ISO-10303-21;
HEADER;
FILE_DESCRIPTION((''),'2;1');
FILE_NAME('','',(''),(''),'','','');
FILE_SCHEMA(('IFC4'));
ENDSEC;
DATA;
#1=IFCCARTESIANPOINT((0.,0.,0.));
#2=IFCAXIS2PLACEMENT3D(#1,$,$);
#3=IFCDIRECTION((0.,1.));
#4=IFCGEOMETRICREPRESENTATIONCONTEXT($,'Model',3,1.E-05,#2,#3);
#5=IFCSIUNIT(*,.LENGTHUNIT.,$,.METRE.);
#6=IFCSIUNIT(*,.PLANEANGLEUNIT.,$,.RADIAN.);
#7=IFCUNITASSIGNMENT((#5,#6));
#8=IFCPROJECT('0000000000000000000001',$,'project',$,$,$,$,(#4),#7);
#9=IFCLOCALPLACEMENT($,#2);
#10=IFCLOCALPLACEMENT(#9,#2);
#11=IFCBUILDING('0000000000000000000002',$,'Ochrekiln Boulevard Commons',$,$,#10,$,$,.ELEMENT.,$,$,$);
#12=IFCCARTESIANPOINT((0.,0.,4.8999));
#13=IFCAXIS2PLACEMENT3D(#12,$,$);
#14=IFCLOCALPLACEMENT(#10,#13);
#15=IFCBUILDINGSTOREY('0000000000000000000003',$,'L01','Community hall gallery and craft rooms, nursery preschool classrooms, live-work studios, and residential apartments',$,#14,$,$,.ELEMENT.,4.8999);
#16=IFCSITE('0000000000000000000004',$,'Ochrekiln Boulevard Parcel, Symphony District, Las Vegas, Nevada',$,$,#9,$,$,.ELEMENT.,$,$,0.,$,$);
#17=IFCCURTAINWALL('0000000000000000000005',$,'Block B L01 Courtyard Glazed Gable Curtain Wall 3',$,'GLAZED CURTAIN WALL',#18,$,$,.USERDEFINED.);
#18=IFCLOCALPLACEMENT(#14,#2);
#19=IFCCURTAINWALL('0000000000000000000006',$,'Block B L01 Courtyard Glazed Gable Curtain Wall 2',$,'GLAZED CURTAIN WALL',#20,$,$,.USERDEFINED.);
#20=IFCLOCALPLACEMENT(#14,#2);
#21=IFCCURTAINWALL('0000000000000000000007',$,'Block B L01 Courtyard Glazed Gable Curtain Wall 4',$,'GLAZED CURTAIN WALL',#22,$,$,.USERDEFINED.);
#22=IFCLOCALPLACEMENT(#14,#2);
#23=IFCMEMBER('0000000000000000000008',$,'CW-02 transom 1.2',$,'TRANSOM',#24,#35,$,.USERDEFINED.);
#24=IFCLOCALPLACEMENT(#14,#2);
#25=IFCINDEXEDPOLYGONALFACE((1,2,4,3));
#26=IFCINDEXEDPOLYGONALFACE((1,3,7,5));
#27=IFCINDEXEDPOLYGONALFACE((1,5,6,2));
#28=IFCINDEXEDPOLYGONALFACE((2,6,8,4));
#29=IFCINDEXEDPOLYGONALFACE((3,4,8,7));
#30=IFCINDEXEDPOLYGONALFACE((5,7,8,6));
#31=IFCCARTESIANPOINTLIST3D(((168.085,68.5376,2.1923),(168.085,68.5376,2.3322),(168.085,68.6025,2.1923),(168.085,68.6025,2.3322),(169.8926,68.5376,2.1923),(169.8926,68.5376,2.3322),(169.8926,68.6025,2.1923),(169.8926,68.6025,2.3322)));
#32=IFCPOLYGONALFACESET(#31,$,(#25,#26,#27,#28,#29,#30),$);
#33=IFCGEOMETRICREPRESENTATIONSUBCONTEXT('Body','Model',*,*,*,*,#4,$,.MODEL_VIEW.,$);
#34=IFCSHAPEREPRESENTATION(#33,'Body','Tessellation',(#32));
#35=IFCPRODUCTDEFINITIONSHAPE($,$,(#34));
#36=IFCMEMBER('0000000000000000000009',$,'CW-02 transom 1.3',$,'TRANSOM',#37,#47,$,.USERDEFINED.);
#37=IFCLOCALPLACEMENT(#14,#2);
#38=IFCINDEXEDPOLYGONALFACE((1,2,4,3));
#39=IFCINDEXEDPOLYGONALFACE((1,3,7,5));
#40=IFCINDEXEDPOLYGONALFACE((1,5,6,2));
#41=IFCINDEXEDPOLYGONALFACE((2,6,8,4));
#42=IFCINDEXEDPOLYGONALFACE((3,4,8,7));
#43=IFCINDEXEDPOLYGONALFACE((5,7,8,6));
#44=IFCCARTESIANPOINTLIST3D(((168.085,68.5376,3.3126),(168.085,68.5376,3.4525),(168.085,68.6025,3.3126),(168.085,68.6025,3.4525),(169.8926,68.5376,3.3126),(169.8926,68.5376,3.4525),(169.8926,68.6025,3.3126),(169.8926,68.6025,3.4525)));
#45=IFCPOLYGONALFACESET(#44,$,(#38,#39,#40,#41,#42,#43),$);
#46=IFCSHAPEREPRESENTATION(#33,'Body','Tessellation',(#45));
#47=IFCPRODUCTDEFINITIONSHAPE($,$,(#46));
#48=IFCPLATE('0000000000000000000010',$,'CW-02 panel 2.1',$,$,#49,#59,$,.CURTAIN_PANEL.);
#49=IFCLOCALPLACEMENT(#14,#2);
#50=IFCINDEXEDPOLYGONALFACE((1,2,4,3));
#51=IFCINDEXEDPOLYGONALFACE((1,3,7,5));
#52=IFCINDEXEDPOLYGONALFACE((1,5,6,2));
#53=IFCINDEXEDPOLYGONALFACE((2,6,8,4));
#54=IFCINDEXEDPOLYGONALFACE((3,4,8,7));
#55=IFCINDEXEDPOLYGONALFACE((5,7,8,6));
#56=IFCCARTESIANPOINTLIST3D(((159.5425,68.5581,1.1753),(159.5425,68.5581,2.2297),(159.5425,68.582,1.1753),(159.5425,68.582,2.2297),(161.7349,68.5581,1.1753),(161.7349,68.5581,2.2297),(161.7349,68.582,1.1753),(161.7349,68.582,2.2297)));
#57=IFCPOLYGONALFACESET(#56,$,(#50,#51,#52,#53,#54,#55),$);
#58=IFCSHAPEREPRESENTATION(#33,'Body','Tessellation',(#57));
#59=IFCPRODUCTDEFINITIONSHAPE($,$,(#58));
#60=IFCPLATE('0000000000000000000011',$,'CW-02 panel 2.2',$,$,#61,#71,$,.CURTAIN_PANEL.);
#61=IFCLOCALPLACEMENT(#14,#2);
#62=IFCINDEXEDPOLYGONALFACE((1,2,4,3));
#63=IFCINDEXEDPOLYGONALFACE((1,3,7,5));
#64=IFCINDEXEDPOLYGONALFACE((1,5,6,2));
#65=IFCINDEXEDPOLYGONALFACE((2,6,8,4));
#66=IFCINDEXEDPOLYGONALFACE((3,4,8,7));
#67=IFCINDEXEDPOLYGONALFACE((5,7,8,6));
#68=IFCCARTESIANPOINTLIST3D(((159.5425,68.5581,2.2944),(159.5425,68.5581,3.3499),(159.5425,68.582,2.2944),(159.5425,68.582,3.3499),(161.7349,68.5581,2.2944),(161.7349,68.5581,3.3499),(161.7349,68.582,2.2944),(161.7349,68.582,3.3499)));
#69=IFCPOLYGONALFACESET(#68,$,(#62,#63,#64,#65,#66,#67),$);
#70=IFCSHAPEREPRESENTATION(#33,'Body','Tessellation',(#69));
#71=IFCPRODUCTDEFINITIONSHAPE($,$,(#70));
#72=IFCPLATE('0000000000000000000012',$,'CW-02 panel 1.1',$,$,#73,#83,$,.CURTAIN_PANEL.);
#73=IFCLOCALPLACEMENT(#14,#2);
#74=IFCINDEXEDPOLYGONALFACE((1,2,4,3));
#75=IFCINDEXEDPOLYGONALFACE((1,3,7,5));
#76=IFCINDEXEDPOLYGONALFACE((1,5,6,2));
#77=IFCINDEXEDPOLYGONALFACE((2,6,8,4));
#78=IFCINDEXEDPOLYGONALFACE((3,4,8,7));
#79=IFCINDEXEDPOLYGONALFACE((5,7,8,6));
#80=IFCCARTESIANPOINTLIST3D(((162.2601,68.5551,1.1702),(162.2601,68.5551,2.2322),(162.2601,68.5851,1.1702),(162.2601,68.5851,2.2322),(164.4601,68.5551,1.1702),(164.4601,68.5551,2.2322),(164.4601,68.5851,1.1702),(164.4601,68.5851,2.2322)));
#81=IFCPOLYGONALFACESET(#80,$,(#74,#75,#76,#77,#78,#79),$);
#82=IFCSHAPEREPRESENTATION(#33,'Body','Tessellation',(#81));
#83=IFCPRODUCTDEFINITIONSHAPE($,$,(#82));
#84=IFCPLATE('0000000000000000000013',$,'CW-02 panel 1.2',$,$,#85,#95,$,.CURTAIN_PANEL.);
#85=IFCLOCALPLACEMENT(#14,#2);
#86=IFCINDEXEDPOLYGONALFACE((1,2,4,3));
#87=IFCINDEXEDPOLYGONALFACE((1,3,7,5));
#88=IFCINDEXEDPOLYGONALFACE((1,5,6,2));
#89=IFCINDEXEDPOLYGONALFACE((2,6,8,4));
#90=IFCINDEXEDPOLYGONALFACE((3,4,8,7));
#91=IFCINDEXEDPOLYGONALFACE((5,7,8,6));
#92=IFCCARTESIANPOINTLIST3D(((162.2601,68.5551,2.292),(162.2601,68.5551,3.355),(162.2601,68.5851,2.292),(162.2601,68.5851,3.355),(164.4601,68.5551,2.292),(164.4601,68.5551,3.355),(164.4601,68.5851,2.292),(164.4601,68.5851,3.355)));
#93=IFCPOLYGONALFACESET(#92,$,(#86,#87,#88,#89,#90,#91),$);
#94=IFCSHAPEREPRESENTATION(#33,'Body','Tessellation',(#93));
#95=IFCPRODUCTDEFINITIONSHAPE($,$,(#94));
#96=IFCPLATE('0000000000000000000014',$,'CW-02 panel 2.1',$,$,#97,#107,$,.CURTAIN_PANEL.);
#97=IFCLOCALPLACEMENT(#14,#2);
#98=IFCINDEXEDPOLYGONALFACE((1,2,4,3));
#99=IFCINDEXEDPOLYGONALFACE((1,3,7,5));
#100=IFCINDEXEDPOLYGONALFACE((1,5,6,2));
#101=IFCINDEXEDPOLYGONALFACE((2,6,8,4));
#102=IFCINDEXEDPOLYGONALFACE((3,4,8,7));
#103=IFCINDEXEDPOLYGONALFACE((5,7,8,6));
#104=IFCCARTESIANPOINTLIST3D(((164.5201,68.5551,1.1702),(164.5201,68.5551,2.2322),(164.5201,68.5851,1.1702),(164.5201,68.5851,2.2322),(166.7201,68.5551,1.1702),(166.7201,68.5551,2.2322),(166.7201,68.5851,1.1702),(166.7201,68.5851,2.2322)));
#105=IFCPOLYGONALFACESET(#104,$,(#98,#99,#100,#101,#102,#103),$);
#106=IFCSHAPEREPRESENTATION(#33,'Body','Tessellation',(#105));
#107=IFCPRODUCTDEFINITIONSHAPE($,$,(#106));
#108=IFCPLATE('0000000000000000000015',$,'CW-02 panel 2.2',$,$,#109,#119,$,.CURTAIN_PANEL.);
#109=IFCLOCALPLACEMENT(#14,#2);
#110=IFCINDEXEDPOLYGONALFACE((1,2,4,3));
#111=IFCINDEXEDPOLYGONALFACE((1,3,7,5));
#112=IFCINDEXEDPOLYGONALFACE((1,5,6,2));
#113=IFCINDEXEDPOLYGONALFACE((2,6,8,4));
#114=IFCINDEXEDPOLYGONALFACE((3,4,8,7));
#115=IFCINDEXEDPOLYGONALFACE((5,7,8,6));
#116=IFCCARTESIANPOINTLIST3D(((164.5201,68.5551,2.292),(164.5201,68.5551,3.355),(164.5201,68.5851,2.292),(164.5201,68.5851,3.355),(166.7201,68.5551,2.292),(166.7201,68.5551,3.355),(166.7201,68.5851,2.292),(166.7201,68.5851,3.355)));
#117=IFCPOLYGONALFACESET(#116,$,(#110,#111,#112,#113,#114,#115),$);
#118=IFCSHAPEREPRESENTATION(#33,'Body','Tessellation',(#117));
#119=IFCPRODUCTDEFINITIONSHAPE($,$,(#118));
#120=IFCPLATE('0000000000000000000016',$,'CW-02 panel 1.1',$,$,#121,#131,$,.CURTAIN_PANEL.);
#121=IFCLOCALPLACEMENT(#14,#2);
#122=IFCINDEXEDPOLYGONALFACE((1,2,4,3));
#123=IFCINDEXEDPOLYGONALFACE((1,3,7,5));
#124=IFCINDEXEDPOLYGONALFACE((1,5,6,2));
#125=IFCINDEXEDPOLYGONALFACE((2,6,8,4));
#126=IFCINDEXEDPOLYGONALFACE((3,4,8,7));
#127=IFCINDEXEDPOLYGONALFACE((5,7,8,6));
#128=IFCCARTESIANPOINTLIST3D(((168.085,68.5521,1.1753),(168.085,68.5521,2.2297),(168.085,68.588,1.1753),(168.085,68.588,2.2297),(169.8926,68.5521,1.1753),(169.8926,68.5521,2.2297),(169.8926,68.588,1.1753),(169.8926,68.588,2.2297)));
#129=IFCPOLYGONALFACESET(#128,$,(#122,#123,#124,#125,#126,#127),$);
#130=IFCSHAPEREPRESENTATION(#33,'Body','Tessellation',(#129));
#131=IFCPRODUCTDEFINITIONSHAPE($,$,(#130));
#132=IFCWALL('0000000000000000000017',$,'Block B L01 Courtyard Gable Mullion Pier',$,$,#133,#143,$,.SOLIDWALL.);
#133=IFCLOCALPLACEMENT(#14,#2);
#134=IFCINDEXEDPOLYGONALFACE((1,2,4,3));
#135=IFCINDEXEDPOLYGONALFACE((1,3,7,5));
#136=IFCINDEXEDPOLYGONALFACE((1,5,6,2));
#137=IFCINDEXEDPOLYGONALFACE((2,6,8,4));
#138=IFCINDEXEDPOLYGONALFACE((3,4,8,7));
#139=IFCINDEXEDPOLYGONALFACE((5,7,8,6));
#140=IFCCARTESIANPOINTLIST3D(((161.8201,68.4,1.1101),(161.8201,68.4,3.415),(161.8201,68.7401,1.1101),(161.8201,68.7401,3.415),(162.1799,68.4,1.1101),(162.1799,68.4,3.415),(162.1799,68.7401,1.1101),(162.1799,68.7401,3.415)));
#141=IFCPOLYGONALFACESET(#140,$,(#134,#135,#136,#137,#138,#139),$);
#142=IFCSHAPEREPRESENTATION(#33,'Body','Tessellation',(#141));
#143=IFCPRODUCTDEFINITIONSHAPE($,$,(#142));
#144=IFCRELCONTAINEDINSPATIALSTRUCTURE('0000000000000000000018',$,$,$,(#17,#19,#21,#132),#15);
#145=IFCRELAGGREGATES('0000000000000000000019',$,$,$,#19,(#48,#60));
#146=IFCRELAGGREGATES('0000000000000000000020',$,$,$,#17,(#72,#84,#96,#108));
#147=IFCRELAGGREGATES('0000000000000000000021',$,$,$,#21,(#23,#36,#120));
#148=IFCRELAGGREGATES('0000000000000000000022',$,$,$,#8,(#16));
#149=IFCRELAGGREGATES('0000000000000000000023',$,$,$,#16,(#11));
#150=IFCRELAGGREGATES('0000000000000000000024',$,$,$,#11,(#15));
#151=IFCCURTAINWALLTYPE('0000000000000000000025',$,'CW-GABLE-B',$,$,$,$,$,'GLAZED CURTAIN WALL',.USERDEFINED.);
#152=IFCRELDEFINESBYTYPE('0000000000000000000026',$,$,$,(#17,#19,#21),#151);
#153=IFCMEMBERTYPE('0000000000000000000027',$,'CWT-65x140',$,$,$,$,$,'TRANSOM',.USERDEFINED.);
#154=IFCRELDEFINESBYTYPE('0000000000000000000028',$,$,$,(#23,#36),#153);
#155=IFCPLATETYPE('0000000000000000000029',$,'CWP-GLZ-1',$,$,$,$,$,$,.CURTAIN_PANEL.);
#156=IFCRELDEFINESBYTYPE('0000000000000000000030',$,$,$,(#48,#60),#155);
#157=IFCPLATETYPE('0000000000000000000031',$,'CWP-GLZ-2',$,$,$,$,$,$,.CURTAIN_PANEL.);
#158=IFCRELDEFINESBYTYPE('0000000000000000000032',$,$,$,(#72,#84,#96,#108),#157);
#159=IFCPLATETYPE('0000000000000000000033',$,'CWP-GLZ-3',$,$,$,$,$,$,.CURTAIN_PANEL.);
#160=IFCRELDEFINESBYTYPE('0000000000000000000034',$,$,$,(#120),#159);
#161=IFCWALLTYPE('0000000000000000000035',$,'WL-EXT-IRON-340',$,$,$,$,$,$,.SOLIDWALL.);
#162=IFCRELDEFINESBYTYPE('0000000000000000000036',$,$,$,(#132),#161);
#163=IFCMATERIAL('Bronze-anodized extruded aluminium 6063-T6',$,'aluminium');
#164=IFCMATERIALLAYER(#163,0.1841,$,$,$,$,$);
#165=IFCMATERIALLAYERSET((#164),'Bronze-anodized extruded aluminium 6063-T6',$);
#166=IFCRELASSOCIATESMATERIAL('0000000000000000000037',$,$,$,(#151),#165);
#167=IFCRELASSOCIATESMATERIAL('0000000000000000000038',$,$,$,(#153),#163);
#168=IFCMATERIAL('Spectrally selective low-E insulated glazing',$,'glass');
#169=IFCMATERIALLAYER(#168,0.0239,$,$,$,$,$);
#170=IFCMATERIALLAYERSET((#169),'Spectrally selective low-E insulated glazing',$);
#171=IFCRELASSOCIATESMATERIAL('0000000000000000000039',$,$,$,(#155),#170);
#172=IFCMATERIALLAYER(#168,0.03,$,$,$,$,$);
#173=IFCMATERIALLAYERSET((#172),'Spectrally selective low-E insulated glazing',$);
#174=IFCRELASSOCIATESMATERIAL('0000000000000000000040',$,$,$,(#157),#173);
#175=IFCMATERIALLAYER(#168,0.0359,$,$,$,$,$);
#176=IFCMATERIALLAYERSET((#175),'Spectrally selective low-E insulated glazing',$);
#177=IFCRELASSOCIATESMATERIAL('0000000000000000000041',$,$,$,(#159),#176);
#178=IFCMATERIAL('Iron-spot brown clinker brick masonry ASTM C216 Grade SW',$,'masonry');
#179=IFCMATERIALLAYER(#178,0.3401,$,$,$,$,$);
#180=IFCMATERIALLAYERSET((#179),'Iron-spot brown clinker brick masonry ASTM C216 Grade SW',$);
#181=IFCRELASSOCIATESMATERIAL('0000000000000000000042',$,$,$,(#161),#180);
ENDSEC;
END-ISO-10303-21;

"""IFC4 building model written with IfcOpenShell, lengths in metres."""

from ifc_helpers import new_model, si_unit, direction, frame, frame_2d, origin, origin_2d, place, context, subcontext, project, spatial, rectangle, extrude, material, layer, layer_set, material_profile, profile_set, type_object, element, aggregate, save


model = new_model("IFC4")

# Units and contexts
model_context = context("Model", 3, precision=1e-05, world=origin(), true_north=direction((0.0, 1.0)))
body_context = subcontext(model_context, "Body", "Model", "MODEL_VIEW")
ifc_project = project(units=[si_unit("LENGTHUNIT", "METRE"), si_unit("PLANEANGLEUNIT", "RADIAN")], contexts=[model_context])

# Site, building, storey
site_placement = place(None, origin())
site = spatial("IfcSite", under=ifc_project, at=site_placement, Name="Ochrekiln Boulevard Parcel, Symphony District, Las Vegas, Nevada", CompositionType="ELEMENT", RefElevation=0.0)
building_placement = place(site_placement, origin())
building = spatial("IfcBuilding", under=site, at=building_placement, Name="Ochrekiln Boulevard Commons", CompositionType="ELEMENT")
storey_placement = place(building_placement, frame((0.0, 0.0, 4.8999)))
storey = spatial("IfcBuildingStorey", under=building, at=storey_placement, Name="L01", Description="Community hall gallery and craft rooms, nursery preschool classrooms, live-work studios, and residential apartments", CompositionType="ELEMENT", Elevation=4.8999)

# Curtain wall
ifc_material_1 = material(Name="Bronze-anodized extruded aluminium 6063-T6", Category="aluminium")
ifc_layer_1 = layer(ifc_material_1, 0.1841)
ifc_layer_set_1 = layer_set([ifc_layer_1], Name="Bronze-anodized extruded aluminium 6063-T6")
curtain_wall_type = type_object("IfcCurtainWallType", Name="CW-GABLE-B", ElementType="GLAZED CURTAIN WALL", PredefinedType="USERDEFINED", material=ifc_layer_set_1)
curtain_wall_1_placement = place(storey_placement, origin())
curtain_wall_1 = element("IfcCurtainWall", 1, at=curtain_wall_1_placement, inside=storey, type_object=curtain_wall_type, Name="Block B L01 Courtyard Glazed Gable Curtain Wall 3", ObjectType="GLAZED CURTAIN WALL", PredefinedType="USERDEFINED")

# Curtain walls
curtain_wall_2_placement = place(storey_placement, origin())
curtain_wall_2 = element("IfcCurtainWall", 2, at=curtain_wall_2_placement, inside=storey, type_object=curtain_wall_type, Name="Block B L01 Courtyard Glazed Gable Curtain Wall 2", ObjectType="GLAZED CURTAIN WALL", PredefinedType="USERDEFINED")
curtain_wall_3_placement = place(storey_placement, origin())
curtain_wall_3 = element("IfcCurtainWall", 3, at=curtain_wall_3_placement, inside=storey, type_object=curtain_wall_type, Name="Block B L01 Courtyard Glazed Gable Curtain Wall 4", ObjectType="GLAZED CURTAIN WALL", PredefinedType="USERDEFINED")

# Members
ifc_material_profile_1 = material_profile(ifc_material_1, rectangle(XDim=0.0649, YDim=0.1399, at=origin_2d()), Name="ALU-TRN-65x140")
ifc_profile_set_1 = profile_set([ifc_material_profile_1], Name="Bronze-anodized extruded aluminium 6063-T6")
member_type_1 = type_object("IfcMemberType", Name="CWT-65x140", ElementType="TRANSOM", PredefinedType="USERDEFINED", material=ifc_profile_set_1)
member_1_placement = place(storey_placement, frame((168.085, 68.5701, 2.2622), z_axis=(1.0, 0.0, 0.0), x_axis=(0.0, 1.0, 0.0)))
member_1 = element("IfcMember", 4, at=member_1_placement, type_object=member_type_1, Name="CW-02 transom 1.2", ObjectType="TRANSOM", PredefinedType="USERDEFINED", context=body_context, shape_type="SweptSolid", body=[
    extrude(rectangle(XDim=0.0649, YDim=0.1399, at=origin_2d()), origin(), (0.0, 0.0, 1.0), 1.8076),
])
member_2_placement = place(storey_placement, frame((168.085, 68.5701, 3.3826), z_axis=(1.0, 0.0, 0.0), x_axis=(0.0, 1.0, 0.0)))
member_2 = element("IfcMember", 5, at=member_2_placement, type_object=member_type_1, Name="CW-02 transom 1.3", ObjectType="TRANSOM", PredefinedType="USERDEFINED", context=body_context, shape_type="SweptSolid", body=[
    extrude(rectangle(XDim=0.0649, YDim=0.1399, at=origin_2d()), origin(), (0.0, 0.0, 1.0), 1.8076),
])

# Plates
ifc_material_2 = material(Name="Spectrally selective low-E insulated glazing", Category="glass")
ifc_layer_2 = layer(ifc_material_2, 0.0239)
ifc_layer_set_2 = layer_set([ifc_layer_2], Name="Spectrally selective low-E insulated glazing")
plate_type_1 = type_object("IfcPlateType", Name="CWP-GLZ-1", PredefinedType="CURTAIN_PANEL", material=ifc_layer_set_2)
plate_1_placement = place(storey_placement, frame((160.6387, 68.5701, 1.1753), z_axis=(0.0, 0.0, 1.0), x_axis=(1.0, 0.0, 0.0)))
plate_1 = element("IfcPlate", 6, at=plate_1_placement, type_object=plate_type_1, Name="CW-02 panel 2.1", PredefinedType="CURTAIN_PANEL", context=body_context, shape_type="SweptSolid", body=[
    extrude(rectangle(XDim=2.1924, YDim=0.0239, at=origin_2d()), origin(), (0.0, 0.0, 1.0), 1.0544),
])
plate_2_placement = place(storey_placement, frame((160.6387, 68.5701, 2.2944), z_axis=(0.0, 0.0, 1.0), x_axis=(1.0, 0.0, 0.0)))
plate_2 = element("IfcPlate", 7, at=plate_2_placement, type_object=plate_type_1, Name="CW-02 panel 2.2", PredefinedType="CURTAIN_PANEL", context=body_context, shape_type="SweptSolid", body=[
    extrude(rectangle(XDim=2.1924, YDim=0.0239, at=origin_2d()), origin(), (0.0, 0.0, 1.0), 1.0554),
])
aggregate(curtain_wall_2, [plate_1, plate_2])
ifc_layer_3 = layer(ifc_material_2, 0.03)
ifc_layer_set_3 = layer_set([ifc_layer_3], Name="Spectrally selective low-E insulated glazing")
plate_type_2 = type_object("IfcPlateType", Name="CWP-GLZ-2", PredefinedType="CURTAIN_PANEL", material=ifc_layer_set_3)
plate_3_placement = place(storey_placement, frame((163.3601, 68.5701, 1.1702), z_axis=(0.0, 0.0, 1.0), x_axis=(1.0, 0.0, 0.0)))
plate_3 = element("IfcPlate", 8, at=plate_3_placement, type_object=plate_type_2, Name="CW-02 panel 1.1", PredefinedType="CURTAIN_PANEL", context=body_context, shape_type="SweptSolid", body=[
    extrude(rectangle(XDim=2.2, YDim=0.03, at=origin_2d()), origin(), (0.0, 0.0, 1.0), 1.062),
])
plate_4_placement = place(storey_placement, frame((163.3601, 68.5701, 2.292), z_axis=(0.0, 0.0, 1.0), x_axis=(1.0, 0.0, 0.0)))
plate_4 = element("IfcPlate", 9, at=plate_4_placement, type_object=plate_type_2, Name="CW-02 panel 1.2", PredefinedType="CURTAIN_PANEL", context=body_context, shape_type="SweptSolid", body=[
    extrude(rectangle(XDim=2.2, YDim=0.03, at=origin_2d()), origin(), (0.0, 0.0, 1.0), 1.063),
])
plate_5_placement = place(storey_placement, frame((165.6201, 68.5701, 1.1702), z_axis=(0.0, 0.0, 1.0), x_axis=(1.0, 0.0, 0.0)))
plate_5 = element("IfcPlate", 10, at=plate_5_placement, type_object=plate_type_2, Name="CW-02 panel 2.1", PredefinedType="CURTAIN_PANEL", context=body_context, shape_type="SweptSolid", body=[
    extrude(rectangle(XDim=2.2, YDim=0.03, at=origin_2d()), origin(), (0.0, 0.0, 1.0), 1.062),
])
plate_6_placement = place(storey_placement, frame((165.6201, 68.5701, 2.292), z_axis=(0.0, 0.0, 1.0), x_axis=(1.0, 0.0, 0.0)))
plate_6 = element("IfcPlate", 11, at=plate_6_placement, type_object=plate_type_2, Name="CW-02 panel 2.2", PredefinedType="CURTAIN_PANEL", context=body_context, shape_type="SweptSolid", body=[
    extrude(rectangle(XDim=2.2, YDim=0.03, at=origin_2d()), origin(), (0.0, 0.0, 1.0), 1.063),
])
aggregate(curtain_wall_1, [plate_3, plate_4, plate_5, plate_6])
ifc_layer_4 = layer(ifc_material_2, 0.0359)
ifc_layer_set_4 = layer_set([ifc_layer_4], Name="Spectrally selective low-E insulated glazing")
plate_type_3 = type_object("IfcPlateType", Name="CWP-GLZ-3", PredefinedType="CURTAIN_PANEL", material=ifc_layer_set_4)
plate_7_placement = place(storey_placement, frame((168.9888, 68.5701, 1.1753), z_axis=(0.0, 0.0, 1.0), x_axis=(1.0, 0.0, 0.0)))
plate_7 = element("IfcPlate", 12, at=plate_7_placement, type_object=plate_type_3, Name="CW-02 panel 1.1", PredefinedType="CURTAIN_PANEL", context=body_context, shape_type="SweptSolid", body=[
    extrude(rectangle(XDim=1.8076, YDim=0.0359, at=origin_2d()), origin(), (0.0, 0.0, 1.0), 1.0544),
])
aggregate(curtain_wall_3, [member_1, member_2, plate_7])

# Wall
ifc_material_3 = material(Name="Iron-spot brown clinker brick masonry ASTM C216 Grade SW", Category="masonry")
ifc_layer_5 = layer(ifc_material_3, 0.3401)
ifc_layer_set_5 = layer_set([ifc_layer_5], Name="Iron-spot brown clinker brick masonry ASTM C216 Grade SW")
wall_type = type_object("IfcWallType", Name="WL-EXT-IRON-340", PredefinedType="SOLIDWALL", material=ifc_layer_set_5)
wall_placement = place(storey_placement, frame((161.8201, 68.5701, 1.1101), z_axis=(0.0, 0.0, 1.0), x_axis=(1.0, 0.0, 0.0)))
element("IfcWall", 13, at=wall_placement, inside=storey, type_object=wall_type, Name="Block B L01 Courtyard Gable Mullion Pier", PredefinedType="SOLIDWALL", context=body_context, shape_type="SweptSolid", body=[
    extrude(rectangle(XDim=0.3599, YDim=0.3401, at=frame_2d((0.1799, 0.0))), origin(), (0.0, 0.0, 1.0), 2.3049),
])

save(model, "model.ifc")
